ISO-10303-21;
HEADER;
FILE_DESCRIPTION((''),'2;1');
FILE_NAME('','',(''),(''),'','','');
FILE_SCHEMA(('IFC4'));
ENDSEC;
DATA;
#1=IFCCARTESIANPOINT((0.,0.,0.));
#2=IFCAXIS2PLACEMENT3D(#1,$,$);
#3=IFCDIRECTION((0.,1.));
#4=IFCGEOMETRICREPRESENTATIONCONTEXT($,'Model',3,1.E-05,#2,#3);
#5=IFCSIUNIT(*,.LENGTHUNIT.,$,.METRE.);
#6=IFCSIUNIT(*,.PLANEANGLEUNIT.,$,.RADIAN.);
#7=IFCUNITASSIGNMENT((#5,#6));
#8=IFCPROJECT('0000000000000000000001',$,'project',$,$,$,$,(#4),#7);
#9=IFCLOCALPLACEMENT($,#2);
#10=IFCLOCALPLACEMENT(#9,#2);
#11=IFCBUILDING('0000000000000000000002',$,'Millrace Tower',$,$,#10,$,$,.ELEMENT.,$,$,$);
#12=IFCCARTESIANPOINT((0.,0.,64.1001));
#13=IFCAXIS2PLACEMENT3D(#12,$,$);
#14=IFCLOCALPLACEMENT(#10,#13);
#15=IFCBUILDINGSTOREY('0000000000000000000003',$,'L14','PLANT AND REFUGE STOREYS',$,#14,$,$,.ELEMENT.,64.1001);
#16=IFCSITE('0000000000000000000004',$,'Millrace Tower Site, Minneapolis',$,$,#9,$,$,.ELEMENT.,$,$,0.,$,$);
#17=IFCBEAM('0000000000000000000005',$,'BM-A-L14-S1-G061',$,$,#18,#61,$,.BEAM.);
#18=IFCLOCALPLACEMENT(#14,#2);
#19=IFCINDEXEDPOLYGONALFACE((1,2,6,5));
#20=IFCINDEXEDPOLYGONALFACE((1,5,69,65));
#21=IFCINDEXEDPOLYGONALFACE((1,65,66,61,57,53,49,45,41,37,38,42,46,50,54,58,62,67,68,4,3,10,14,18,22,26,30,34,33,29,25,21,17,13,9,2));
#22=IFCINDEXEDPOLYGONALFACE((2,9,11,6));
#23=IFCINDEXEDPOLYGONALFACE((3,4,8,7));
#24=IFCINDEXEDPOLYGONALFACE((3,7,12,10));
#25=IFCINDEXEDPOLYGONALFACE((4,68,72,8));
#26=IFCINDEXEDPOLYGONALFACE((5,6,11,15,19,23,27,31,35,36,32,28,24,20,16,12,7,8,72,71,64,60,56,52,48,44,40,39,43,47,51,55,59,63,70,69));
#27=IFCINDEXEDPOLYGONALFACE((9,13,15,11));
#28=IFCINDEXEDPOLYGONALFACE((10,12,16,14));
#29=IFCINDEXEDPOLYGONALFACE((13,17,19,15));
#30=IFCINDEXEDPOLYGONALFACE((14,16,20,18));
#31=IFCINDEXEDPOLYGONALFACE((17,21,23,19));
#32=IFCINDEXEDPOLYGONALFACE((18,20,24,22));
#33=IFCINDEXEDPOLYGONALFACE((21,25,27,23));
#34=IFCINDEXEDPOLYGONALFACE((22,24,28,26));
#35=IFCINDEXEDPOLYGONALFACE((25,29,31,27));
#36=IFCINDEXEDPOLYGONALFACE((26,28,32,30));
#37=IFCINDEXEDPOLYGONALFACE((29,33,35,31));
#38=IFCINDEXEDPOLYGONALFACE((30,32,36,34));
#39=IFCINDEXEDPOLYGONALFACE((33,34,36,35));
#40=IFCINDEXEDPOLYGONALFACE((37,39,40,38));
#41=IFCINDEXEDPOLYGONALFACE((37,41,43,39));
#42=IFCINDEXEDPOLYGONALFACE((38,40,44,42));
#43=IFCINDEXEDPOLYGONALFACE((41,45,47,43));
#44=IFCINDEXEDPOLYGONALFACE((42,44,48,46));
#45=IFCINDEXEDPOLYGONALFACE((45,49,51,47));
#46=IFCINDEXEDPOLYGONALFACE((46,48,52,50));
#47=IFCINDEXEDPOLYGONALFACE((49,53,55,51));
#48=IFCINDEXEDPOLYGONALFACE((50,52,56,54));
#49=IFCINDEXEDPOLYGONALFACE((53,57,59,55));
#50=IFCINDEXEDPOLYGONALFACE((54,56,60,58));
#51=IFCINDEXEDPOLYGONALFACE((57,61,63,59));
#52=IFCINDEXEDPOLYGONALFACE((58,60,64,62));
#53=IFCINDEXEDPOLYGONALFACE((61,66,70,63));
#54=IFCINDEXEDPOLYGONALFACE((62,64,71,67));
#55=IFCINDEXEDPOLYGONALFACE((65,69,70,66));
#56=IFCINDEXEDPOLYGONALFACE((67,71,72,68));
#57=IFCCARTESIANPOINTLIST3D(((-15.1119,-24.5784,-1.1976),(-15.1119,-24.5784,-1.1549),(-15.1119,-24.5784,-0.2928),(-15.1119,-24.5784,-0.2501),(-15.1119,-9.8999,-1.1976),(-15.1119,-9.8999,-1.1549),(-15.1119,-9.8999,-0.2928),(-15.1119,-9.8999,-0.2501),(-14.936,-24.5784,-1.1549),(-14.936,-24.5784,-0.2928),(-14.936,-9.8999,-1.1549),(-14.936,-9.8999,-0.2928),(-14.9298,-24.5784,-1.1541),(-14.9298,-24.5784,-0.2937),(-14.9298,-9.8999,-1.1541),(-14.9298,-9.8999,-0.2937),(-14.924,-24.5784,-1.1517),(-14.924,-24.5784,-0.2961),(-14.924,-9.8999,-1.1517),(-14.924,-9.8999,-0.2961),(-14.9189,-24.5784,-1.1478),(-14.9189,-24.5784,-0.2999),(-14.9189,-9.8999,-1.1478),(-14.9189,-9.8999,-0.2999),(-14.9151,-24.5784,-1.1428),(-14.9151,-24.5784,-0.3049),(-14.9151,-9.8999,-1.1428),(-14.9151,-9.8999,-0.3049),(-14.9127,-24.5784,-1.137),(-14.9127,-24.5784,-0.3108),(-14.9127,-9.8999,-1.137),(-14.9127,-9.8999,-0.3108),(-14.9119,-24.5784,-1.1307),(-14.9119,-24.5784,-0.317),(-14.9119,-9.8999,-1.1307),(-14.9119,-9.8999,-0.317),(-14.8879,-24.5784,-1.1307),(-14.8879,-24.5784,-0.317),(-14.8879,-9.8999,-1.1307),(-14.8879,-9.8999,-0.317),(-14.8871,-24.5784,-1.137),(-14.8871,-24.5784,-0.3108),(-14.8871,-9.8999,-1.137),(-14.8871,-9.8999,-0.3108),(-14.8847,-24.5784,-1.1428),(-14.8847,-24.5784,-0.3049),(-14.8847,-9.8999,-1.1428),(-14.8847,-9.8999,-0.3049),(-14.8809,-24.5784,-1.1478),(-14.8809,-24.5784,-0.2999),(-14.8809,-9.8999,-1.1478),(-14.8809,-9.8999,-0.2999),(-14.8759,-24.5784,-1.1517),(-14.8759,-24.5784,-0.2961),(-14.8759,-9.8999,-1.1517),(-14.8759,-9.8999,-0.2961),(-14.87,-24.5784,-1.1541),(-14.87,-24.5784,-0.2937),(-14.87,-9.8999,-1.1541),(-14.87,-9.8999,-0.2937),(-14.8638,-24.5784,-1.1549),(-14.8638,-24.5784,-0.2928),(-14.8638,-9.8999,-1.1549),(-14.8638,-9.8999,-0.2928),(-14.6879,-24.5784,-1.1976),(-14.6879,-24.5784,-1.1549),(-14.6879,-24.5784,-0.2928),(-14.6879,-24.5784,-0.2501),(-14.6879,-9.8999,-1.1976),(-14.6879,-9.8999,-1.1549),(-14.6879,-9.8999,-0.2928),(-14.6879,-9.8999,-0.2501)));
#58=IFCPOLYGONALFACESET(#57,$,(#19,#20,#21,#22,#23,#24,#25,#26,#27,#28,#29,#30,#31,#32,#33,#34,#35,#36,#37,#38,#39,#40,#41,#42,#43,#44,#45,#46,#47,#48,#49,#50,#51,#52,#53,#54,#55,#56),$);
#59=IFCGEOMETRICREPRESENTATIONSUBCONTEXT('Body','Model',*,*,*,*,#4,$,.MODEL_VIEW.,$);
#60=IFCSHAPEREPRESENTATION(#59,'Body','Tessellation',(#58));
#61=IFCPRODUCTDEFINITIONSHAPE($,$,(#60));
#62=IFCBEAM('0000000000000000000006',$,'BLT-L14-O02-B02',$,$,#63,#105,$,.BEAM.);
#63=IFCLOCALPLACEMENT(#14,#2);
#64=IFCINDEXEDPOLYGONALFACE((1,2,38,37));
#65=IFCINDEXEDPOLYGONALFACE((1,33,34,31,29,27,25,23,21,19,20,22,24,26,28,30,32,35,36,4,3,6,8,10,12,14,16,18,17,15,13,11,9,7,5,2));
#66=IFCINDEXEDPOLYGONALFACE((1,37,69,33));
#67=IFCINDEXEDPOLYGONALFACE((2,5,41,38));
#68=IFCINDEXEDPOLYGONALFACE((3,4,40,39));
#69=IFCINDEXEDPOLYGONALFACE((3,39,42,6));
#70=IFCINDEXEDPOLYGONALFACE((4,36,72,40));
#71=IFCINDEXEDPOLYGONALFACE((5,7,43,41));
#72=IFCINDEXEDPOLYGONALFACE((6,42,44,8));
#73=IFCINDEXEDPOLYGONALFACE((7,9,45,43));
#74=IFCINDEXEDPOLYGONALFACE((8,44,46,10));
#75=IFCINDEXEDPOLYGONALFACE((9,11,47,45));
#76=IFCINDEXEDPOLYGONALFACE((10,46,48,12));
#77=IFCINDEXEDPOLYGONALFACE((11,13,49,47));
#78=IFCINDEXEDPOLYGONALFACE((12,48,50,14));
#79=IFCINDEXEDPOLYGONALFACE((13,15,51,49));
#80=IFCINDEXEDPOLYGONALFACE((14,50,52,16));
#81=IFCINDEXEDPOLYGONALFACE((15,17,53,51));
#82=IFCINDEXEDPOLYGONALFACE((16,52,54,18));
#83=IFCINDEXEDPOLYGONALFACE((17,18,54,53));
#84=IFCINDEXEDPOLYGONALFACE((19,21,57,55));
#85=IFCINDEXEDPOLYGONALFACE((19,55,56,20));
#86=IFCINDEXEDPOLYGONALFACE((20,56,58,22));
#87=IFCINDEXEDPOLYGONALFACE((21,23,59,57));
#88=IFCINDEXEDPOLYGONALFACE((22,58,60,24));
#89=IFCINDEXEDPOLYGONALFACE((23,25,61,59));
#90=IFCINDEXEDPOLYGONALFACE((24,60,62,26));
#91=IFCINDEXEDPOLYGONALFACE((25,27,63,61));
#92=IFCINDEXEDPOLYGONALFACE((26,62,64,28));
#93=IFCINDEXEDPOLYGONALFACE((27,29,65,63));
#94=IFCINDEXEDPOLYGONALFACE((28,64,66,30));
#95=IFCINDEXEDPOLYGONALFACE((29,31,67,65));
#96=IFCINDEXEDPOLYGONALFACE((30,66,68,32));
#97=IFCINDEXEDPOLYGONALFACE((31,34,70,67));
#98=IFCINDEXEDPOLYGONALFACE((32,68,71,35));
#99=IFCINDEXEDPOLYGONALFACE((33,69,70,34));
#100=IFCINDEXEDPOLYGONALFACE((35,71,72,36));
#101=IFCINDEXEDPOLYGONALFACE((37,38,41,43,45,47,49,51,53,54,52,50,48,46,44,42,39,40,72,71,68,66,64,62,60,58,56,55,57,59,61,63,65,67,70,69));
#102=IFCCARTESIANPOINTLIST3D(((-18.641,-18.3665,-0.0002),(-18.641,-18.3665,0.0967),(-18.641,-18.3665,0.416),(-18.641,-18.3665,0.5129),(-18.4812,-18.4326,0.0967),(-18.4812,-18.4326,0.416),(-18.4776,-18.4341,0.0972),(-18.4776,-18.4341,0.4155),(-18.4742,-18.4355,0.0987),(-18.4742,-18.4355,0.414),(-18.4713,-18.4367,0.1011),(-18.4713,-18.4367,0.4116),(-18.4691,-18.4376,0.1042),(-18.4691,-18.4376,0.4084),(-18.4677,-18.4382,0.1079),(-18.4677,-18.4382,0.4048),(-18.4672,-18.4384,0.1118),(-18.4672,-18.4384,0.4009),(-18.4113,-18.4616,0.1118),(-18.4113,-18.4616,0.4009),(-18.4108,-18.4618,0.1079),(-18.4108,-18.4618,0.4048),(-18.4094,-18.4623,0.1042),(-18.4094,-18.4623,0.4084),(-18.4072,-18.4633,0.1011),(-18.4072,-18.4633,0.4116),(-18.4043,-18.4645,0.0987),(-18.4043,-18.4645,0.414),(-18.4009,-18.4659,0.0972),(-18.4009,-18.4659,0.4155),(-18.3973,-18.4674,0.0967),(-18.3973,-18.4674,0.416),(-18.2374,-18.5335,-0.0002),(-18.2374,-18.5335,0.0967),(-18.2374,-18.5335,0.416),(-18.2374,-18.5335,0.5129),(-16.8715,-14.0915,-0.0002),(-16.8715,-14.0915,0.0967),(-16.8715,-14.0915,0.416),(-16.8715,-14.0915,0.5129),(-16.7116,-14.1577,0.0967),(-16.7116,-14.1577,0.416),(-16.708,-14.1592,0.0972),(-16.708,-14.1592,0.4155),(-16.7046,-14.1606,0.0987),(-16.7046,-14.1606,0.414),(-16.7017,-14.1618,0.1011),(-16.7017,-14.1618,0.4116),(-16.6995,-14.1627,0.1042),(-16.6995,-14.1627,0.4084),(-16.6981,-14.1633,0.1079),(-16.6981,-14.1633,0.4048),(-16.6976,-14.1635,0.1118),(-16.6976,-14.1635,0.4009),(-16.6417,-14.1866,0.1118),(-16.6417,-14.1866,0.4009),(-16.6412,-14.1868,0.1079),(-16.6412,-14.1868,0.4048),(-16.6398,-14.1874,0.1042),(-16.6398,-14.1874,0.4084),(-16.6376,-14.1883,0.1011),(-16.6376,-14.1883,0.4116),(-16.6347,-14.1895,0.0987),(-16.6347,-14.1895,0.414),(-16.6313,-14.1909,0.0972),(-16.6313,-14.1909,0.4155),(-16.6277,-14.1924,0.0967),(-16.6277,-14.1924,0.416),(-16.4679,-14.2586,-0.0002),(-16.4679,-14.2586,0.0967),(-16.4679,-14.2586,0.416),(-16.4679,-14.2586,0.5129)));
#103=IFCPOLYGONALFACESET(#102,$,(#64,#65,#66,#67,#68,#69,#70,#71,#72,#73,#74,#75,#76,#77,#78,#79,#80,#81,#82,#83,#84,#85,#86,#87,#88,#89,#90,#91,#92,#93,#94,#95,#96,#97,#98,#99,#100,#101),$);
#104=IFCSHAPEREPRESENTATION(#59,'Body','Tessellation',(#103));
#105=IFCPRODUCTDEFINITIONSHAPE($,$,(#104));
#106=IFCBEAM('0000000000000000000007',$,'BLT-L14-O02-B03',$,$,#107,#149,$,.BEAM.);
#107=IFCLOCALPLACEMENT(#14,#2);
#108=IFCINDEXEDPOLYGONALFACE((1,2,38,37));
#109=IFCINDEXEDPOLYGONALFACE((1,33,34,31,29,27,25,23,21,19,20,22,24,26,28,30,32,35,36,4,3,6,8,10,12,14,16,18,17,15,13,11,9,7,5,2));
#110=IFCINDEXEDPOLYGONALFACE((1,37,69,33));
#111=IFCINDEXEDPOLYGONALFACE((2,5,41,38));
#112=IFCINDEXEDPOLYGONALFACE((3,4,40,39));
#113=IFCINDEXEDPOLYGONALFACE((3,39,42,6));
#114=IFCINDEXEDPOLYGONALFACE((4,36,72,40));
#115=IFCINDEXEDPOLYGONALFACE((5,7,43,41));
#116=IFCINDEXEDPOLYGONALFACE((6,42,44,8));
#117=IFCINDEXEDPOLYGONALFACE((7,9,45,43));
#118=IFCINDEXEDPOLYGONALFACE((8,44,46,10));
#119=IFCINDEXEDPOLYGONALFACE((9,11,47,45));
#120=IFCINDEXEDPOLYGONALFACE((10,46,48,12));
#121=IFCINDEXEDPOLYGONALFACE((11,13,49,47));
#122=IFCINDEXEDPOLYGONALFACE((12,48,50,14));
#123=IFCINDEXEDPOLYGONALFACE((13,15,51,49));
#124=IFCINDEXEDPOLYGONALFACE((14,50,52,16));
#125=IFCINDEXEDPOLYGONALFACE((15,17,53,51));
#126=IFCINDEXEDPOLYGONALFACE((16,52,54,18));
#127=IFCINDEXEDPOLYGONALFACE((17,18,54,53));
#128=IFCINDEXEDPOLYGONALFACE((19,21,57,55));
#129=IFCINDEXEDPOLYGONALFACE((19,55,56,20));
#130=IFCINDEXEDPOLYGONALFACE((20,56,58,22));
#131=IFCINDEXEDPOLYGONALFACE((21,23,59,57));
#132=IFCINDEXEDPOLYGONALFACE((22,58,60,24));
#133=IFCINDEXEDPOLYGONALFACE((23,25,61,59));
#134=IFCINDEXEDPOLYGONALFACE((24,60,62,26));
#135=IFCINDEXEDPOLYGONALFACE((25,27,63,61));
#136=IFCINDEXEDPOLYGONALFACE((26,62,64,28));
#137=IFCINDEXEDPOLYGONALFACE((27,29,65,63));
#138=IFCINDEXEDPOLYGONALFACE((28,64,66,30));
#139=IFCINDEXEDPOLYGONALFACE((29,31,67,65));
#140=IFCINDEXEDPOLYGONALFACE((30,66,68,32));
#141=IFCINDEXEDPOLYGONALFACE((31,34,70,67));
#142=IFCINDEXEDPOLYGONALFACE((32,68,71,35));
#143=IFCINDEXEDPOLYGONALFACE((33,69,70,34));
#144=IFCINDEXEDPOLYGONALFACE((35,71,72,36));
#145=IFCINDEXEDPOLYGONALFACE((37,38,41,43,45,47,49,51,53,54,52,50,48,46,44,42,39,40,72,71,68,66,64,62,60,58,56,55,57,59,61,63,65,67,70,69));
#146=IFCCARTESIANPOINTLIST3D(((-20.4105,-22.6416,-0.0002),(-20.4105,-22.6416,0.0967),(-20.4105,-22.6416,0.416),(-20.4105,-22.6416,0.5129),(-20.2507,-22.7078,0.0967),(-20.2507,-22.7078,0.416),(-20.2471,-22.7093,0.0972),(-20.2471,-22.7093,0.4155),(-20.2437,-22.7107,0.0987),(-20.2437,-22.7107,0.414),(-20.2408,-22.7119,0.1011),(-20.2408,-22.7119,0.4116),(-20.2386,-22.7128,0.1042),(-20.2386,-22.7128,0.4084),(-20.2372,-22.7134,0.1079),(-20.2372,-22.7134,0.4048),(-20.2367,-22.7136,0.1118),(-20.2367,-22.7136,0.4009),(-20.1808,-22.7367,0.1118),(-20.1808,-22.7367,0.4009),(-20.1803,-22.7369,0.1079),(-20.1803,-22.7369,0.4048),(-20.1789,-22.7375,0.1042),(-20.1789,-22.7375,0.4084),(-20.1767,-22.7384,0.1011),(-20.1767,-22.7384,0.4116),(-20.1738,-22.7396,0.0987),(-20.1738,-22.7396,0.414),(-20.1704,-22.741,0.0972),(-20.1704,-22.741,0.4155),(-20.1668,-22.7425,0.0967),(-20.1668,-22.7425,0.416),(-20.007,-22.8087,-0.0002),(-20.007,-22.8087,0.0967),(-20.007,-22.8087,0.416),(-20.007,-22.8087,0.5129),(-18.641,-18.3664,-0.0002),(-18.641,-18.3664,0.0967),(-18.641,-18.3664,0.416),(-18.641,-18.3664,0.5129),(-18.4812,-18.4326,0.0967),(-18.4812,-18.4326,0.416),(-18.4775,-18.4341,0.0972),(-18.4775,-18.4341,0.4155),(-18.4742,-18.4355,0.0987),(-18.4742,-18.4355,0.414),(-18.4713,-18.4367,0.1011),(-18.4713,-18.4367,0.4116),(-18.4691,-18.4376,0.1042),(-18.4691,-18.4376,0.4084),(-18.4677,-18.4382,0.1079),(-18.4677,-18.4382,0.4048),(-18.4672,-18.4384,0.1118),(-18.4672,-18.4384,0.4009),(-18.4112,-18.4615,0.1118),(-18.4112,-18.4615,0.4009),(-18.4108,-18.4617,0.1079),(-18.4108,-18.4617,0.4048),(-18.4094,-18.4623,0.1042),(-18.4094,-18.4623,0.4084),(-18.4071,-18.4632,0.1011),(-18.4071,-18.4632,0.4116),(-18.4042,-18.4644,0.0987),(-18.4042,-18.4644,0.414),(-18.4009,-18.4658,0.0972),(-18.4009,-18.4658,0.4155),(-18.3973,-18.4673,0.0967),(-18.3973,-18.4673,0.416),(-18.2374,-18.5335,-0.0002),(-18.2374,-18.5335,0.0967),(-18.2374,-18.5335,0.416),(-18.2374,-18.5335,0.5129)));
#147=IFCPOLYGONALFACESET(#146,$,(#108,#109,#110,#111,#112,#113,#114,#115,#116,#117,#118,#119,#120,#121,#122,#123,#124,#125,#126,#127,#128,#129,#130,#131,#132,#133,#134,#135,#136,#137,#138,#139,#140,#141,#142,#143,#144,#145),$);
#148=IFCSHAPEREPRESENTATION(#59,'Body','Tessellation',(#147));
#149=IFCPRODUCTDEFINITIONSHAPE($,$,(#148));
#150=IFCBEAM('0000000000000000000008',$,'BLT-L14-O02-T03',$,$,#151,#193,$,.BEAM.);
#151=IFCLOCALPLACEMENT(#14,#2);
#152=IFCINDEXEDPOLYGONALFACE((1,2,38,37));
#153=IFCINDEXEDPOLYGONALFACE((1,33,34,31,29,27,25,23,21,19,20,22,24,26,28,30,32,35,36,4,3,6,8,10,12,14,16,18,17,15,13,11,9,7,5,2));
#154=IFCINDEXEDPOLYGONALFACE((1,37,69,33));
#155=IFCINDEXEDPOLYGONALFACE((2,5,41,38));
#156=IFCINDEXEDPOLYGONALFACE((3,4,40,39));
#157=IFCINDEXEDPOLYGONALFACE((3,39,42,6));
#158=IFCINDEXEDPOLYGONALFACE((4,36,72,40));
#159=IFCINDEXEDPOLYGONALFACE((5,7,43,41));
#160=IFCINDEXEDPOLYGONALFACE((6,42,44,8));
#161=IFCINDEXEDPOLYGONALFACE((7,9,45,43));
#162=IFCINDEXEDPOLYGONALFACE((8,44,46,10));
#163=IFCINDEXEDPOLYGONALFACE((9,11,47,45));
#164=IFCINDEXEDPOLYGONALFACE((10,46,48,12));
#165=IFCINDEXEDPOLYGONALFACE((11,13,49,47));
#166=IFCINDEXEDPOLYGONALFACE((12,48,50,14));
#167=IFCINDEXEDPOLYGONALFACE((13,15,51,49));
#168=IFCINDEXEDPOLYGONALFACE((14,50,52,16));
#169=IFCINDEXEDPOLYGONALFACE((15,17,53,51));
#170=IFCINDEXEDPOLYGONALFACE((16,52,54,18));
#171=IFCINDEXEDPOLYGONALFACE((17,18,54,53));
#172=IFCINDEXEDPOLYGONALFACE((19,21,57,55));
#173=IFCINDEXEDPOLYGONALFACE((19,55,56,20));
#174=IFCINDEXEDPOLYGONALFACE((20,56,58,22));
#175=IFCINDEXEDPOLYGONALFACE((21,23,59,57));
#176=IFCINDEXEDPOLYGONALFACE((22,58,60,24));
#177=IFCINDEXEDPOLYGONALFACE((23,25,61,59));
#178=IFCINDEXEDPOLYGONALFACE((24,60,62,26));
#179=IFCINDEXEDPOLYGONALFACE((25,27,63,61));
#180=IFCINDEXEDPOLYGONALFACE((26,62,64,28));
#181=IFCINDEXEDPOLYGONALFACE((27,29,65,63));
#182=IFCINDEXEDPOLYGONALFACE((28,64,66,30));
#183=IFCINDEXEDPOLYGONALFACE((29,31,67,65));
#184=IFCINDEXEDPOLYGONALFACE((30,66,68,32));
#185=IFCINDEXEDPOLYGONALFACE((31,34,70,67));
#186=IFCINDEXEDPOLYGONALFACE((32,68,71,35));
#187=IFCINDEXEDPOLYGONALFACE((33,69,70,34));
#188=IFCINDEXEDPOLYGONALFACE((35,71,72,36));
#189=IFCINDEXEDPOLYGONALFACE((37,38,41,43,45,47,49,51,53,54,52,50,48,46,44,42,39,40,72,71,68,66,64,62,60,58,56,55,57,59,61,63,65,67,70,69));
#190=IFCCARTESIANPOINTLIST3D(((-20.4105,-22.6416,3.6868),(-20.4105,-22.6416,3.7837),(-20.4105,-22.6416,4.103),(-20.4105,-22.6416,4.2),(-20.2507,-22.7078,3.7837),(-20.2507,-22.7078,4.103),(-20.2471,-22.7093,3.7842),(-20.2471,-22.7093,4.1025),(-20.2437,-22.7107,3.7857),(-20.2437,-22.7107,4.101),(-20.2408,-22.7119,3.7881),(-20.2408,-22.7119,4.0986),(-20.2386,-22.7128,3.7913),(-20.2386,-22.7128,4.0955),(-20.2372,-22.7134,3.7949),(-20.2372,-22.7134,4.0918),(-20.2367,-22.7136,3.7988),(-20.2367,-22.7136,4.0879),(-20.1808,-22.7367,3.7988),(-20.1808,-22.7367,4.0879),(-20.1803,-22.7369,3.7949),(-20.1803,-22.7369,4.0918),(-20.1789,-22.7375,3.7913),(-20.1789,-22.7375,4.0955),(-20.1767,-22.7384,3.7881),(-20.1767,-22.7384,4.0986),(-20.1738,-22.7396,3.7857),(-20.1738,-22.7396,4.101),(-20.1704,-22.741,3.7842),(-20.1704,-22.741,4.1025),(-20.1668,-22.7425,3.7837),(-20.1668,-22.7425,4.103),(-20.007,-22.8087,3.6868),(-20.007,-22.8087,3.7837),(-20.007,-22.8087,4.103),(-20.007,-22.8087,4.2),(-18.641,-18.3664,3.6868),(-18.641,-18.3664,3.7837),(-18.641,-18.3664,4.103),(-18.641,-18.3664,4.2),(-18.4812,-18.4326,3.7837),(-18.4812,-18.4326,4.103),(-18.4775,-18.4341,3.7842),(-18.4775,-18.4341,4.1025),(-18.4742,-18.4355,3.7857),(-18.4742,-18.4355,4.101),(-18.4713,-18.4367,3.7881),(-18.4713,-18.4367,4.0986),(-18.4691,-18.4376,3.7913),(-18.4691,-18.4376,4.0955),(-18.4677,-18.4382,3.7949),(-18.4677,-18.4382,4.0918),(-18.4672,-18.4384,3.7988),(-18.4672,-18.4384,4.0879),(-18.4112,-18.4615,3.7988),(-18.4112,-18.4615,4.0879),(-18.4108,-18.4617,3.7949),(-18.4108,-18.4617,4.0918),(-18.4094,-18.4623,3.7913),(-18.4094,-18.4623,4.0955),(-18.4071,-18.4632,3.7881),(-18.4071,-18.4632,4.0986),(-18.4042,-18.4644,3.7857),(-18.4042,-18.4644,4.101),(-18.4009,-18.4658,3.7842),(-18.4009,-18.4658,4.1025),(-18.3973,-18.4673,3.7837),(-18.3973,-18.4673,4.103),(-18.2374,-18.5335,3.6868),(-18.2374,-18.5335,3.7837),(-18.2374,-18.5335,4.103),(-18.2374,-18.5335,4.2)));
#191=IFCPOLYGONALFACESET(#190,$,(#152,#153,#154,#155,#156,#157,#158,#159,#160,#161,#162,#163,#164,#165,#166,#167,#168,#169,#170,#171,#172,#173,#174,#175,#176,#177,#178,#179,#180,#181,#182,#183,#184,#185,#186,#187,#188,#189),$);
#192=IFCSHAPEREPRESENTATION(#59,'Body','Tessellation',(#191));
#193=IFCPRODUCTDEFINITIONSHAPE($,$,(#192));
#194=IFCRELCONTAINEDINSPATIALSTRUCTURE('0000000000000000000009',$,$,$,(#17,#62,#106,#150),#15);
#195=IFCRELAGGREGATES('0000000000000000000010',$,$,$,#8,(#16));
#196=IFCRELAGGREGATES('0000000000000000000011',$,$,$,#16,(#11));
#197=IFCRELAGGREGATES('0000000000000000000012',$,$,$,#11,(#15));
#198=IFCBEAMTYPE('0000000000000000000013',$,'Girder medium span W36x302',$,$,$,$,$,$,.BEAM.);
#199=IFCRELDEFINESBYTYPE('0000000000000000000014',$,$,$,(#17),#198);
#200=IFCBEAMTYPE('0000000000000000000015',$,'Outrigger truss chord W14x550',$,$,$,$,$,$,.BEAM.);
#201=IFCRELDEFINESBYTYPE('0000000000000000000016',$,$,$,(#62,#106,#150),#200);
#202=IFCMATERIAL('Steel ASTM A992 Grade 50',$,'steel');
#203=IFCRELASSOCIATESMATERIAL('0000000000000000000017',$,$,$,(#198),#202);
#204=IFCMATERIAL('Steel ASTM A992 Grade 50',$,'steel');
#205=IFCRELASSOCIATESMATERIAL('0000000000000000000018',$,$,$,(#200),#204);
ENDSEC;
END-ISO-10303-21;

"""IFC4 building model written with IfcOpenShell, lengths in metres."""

from ifc_helpers import new_model, si_unit, direction, frame, origin, origin_2d, place, context, subcontext, project, spatial, i_section, extrude, material, material_profile, profile_set, type_object, element, save


model = new_model("IFC4")

# Units and contexts
model_context = context("Model", 3, precision=1e-05, world=origin(), true_north=direction((0.0, 1.0)))
body_context = subcontext(model_context, "Body", "Model", "MODEL_VIEW")
ifc_project = project(units=[si_unit("LENGTHUNIT", "METRE"), si_unit("PLANEANGLEUNIT", "RADIAN")], contexts=[model_context])

# Site, building, storey
site_placement = place(None, origin())
site = spatial("IfcSite", under=ifc_project, at=site_placement, Name="Millrace Tower Site, Minneapolis", CompositionType="ELEMENT", RefElevation=0.0)
building_placement = place(site_placement, origin())
building = spatial("IfcBuilding", under=site, at=building_placement, Name="Millrace Tower", CompositionType="ELEMENT")
storey_placement = place(building_placement, frame((0.0, 0.0, 64.1001)))
storey = spatial("IfcBuildingStorey", under=building, at=storey_placement, Name="L14", Description="PLANT AND REFUGE STOREYS", CompositionType="ELEMENT", Elevation=64.1001)

# Beams
ifc_material_1 = material(Name="Steel ASTM A992 Grade 50", Category="steel")
ifc_material_profile_1 = material_profile(ifc_material_1, i_section(OverallWidth=0.4241, OverallDepth=0.9475, WebThickness=0.0239, FlangeThickness=0.0427, FilletRadius=0.0242, at=origin_2d()))
ifc_profile_set_1 = profile_set([ifc_material_profile_1], Name="Steel ASTM A992 Grade 50")
beam_type_1 = type_object("IfcBeamType", Name="Girder medium span W36x302", PredefinedType="BEAM", material=ifc_profile_set_1)
beam_1_placement = place(storey_placement, frame((-14.8999, -24.5784, -0.7239), z_axis=(0.0, 1.0, 0.0), x_axis=(-1.0, 0.0, 0.0)))
element("IfcBeam", 1, at=beam_1_placement, inside=storey, type_object=beam_type_1, Name="BM-A-L14-S1-G061", PredefinedType="BEAM", context=body_context, shape_type="SweptSolid", body=[
    extrude(i_section(OverallWidth=0.4241, OverallDepth=0.9475, WebThickness=0.0239, FlangeThickness=0.0427, FilletRadius=0.0242, at=origin_2d()), origin(), (0.0, 0.0, 1.0), 14.6785),
])
ifc_material_2 = material(Name="Steel ASTM A992 Grade 50", Category="steel")
ifc_material_profile_2 = material_profile(ifc_material_2, i_section(OverallWidth=0.4368, OverallDepth=0.5132, WebThickness=0.0605, FlangeThickness=0.0969, FilletRadius=0.0151, at=origin_2d()))
ifc_profile_set_2 = profile_set([ifc_material_profile_2], Name="Steel ASTM A992 Grade 50")
beam_type_2 = type_object("IfcBeamType", Name="Outrigger truss chord W14x550", PredefinedType="BEAM", material=ifc_profile_set_2)
beam_2_placement = place(storey_placement, frame((-16.6697, -14.175, 0.2563), z_axis=(-0.382464, -0.923971, 0.0), x_axis=(0.923971, -0.382464, 0.0)))
element("IfcBeam", 2, at=beam_2_placement, inside=storey, type_object=beam_type_2, Name="BLT-L14-O02-B02", PredefinedType="BEAM", context=body_context, shape_type="SweptSolid", body=[
    extrude(i_section(OverallWidth=0.4368, OverallDepth=0.5132, WebThickness=0.0605, FlangeThickness=0.0969, FilletRadius=0.0151, at=origin_2d()), origin(), (0.0, 0.0, 1.0), 4.6267),
])
for number, where, z_axis, x_axis, name in (
    (3, (-18.4392, -18.45, 0.2563), (-0.382445, -0.923978, 0.0), (0.923978, -0.382445, 0.0), "BLT-L14-O02-B03"),
    (4, (-18.4392, -18.45, 3.9434), (-0.382445, -0.923978, 0.0), (0.923978, -0.382445, 0.0), "BLT-L14-O02-T03"),
):
    element("IfcBeam", number, at=place(storey_placement, frame(where, z_axis=z_axis, x_axis=x_axis)), inside=storey, type_object=beam_type_2, Name=name, PredefinedType="BEAM", context=body_context, shape_type="SweptSolid", body=[
        extrude(i_section(OverallWidth=0.4368, OverallDepth=0.5132, WebThickness=0.0605, FlangeThickness=0.0969, FilletRadius=0.0151, at=origin_2d()), origin(), (0.0, 0.0, 1.0), 4.627),
    ])

save(model, "model.ifc")
